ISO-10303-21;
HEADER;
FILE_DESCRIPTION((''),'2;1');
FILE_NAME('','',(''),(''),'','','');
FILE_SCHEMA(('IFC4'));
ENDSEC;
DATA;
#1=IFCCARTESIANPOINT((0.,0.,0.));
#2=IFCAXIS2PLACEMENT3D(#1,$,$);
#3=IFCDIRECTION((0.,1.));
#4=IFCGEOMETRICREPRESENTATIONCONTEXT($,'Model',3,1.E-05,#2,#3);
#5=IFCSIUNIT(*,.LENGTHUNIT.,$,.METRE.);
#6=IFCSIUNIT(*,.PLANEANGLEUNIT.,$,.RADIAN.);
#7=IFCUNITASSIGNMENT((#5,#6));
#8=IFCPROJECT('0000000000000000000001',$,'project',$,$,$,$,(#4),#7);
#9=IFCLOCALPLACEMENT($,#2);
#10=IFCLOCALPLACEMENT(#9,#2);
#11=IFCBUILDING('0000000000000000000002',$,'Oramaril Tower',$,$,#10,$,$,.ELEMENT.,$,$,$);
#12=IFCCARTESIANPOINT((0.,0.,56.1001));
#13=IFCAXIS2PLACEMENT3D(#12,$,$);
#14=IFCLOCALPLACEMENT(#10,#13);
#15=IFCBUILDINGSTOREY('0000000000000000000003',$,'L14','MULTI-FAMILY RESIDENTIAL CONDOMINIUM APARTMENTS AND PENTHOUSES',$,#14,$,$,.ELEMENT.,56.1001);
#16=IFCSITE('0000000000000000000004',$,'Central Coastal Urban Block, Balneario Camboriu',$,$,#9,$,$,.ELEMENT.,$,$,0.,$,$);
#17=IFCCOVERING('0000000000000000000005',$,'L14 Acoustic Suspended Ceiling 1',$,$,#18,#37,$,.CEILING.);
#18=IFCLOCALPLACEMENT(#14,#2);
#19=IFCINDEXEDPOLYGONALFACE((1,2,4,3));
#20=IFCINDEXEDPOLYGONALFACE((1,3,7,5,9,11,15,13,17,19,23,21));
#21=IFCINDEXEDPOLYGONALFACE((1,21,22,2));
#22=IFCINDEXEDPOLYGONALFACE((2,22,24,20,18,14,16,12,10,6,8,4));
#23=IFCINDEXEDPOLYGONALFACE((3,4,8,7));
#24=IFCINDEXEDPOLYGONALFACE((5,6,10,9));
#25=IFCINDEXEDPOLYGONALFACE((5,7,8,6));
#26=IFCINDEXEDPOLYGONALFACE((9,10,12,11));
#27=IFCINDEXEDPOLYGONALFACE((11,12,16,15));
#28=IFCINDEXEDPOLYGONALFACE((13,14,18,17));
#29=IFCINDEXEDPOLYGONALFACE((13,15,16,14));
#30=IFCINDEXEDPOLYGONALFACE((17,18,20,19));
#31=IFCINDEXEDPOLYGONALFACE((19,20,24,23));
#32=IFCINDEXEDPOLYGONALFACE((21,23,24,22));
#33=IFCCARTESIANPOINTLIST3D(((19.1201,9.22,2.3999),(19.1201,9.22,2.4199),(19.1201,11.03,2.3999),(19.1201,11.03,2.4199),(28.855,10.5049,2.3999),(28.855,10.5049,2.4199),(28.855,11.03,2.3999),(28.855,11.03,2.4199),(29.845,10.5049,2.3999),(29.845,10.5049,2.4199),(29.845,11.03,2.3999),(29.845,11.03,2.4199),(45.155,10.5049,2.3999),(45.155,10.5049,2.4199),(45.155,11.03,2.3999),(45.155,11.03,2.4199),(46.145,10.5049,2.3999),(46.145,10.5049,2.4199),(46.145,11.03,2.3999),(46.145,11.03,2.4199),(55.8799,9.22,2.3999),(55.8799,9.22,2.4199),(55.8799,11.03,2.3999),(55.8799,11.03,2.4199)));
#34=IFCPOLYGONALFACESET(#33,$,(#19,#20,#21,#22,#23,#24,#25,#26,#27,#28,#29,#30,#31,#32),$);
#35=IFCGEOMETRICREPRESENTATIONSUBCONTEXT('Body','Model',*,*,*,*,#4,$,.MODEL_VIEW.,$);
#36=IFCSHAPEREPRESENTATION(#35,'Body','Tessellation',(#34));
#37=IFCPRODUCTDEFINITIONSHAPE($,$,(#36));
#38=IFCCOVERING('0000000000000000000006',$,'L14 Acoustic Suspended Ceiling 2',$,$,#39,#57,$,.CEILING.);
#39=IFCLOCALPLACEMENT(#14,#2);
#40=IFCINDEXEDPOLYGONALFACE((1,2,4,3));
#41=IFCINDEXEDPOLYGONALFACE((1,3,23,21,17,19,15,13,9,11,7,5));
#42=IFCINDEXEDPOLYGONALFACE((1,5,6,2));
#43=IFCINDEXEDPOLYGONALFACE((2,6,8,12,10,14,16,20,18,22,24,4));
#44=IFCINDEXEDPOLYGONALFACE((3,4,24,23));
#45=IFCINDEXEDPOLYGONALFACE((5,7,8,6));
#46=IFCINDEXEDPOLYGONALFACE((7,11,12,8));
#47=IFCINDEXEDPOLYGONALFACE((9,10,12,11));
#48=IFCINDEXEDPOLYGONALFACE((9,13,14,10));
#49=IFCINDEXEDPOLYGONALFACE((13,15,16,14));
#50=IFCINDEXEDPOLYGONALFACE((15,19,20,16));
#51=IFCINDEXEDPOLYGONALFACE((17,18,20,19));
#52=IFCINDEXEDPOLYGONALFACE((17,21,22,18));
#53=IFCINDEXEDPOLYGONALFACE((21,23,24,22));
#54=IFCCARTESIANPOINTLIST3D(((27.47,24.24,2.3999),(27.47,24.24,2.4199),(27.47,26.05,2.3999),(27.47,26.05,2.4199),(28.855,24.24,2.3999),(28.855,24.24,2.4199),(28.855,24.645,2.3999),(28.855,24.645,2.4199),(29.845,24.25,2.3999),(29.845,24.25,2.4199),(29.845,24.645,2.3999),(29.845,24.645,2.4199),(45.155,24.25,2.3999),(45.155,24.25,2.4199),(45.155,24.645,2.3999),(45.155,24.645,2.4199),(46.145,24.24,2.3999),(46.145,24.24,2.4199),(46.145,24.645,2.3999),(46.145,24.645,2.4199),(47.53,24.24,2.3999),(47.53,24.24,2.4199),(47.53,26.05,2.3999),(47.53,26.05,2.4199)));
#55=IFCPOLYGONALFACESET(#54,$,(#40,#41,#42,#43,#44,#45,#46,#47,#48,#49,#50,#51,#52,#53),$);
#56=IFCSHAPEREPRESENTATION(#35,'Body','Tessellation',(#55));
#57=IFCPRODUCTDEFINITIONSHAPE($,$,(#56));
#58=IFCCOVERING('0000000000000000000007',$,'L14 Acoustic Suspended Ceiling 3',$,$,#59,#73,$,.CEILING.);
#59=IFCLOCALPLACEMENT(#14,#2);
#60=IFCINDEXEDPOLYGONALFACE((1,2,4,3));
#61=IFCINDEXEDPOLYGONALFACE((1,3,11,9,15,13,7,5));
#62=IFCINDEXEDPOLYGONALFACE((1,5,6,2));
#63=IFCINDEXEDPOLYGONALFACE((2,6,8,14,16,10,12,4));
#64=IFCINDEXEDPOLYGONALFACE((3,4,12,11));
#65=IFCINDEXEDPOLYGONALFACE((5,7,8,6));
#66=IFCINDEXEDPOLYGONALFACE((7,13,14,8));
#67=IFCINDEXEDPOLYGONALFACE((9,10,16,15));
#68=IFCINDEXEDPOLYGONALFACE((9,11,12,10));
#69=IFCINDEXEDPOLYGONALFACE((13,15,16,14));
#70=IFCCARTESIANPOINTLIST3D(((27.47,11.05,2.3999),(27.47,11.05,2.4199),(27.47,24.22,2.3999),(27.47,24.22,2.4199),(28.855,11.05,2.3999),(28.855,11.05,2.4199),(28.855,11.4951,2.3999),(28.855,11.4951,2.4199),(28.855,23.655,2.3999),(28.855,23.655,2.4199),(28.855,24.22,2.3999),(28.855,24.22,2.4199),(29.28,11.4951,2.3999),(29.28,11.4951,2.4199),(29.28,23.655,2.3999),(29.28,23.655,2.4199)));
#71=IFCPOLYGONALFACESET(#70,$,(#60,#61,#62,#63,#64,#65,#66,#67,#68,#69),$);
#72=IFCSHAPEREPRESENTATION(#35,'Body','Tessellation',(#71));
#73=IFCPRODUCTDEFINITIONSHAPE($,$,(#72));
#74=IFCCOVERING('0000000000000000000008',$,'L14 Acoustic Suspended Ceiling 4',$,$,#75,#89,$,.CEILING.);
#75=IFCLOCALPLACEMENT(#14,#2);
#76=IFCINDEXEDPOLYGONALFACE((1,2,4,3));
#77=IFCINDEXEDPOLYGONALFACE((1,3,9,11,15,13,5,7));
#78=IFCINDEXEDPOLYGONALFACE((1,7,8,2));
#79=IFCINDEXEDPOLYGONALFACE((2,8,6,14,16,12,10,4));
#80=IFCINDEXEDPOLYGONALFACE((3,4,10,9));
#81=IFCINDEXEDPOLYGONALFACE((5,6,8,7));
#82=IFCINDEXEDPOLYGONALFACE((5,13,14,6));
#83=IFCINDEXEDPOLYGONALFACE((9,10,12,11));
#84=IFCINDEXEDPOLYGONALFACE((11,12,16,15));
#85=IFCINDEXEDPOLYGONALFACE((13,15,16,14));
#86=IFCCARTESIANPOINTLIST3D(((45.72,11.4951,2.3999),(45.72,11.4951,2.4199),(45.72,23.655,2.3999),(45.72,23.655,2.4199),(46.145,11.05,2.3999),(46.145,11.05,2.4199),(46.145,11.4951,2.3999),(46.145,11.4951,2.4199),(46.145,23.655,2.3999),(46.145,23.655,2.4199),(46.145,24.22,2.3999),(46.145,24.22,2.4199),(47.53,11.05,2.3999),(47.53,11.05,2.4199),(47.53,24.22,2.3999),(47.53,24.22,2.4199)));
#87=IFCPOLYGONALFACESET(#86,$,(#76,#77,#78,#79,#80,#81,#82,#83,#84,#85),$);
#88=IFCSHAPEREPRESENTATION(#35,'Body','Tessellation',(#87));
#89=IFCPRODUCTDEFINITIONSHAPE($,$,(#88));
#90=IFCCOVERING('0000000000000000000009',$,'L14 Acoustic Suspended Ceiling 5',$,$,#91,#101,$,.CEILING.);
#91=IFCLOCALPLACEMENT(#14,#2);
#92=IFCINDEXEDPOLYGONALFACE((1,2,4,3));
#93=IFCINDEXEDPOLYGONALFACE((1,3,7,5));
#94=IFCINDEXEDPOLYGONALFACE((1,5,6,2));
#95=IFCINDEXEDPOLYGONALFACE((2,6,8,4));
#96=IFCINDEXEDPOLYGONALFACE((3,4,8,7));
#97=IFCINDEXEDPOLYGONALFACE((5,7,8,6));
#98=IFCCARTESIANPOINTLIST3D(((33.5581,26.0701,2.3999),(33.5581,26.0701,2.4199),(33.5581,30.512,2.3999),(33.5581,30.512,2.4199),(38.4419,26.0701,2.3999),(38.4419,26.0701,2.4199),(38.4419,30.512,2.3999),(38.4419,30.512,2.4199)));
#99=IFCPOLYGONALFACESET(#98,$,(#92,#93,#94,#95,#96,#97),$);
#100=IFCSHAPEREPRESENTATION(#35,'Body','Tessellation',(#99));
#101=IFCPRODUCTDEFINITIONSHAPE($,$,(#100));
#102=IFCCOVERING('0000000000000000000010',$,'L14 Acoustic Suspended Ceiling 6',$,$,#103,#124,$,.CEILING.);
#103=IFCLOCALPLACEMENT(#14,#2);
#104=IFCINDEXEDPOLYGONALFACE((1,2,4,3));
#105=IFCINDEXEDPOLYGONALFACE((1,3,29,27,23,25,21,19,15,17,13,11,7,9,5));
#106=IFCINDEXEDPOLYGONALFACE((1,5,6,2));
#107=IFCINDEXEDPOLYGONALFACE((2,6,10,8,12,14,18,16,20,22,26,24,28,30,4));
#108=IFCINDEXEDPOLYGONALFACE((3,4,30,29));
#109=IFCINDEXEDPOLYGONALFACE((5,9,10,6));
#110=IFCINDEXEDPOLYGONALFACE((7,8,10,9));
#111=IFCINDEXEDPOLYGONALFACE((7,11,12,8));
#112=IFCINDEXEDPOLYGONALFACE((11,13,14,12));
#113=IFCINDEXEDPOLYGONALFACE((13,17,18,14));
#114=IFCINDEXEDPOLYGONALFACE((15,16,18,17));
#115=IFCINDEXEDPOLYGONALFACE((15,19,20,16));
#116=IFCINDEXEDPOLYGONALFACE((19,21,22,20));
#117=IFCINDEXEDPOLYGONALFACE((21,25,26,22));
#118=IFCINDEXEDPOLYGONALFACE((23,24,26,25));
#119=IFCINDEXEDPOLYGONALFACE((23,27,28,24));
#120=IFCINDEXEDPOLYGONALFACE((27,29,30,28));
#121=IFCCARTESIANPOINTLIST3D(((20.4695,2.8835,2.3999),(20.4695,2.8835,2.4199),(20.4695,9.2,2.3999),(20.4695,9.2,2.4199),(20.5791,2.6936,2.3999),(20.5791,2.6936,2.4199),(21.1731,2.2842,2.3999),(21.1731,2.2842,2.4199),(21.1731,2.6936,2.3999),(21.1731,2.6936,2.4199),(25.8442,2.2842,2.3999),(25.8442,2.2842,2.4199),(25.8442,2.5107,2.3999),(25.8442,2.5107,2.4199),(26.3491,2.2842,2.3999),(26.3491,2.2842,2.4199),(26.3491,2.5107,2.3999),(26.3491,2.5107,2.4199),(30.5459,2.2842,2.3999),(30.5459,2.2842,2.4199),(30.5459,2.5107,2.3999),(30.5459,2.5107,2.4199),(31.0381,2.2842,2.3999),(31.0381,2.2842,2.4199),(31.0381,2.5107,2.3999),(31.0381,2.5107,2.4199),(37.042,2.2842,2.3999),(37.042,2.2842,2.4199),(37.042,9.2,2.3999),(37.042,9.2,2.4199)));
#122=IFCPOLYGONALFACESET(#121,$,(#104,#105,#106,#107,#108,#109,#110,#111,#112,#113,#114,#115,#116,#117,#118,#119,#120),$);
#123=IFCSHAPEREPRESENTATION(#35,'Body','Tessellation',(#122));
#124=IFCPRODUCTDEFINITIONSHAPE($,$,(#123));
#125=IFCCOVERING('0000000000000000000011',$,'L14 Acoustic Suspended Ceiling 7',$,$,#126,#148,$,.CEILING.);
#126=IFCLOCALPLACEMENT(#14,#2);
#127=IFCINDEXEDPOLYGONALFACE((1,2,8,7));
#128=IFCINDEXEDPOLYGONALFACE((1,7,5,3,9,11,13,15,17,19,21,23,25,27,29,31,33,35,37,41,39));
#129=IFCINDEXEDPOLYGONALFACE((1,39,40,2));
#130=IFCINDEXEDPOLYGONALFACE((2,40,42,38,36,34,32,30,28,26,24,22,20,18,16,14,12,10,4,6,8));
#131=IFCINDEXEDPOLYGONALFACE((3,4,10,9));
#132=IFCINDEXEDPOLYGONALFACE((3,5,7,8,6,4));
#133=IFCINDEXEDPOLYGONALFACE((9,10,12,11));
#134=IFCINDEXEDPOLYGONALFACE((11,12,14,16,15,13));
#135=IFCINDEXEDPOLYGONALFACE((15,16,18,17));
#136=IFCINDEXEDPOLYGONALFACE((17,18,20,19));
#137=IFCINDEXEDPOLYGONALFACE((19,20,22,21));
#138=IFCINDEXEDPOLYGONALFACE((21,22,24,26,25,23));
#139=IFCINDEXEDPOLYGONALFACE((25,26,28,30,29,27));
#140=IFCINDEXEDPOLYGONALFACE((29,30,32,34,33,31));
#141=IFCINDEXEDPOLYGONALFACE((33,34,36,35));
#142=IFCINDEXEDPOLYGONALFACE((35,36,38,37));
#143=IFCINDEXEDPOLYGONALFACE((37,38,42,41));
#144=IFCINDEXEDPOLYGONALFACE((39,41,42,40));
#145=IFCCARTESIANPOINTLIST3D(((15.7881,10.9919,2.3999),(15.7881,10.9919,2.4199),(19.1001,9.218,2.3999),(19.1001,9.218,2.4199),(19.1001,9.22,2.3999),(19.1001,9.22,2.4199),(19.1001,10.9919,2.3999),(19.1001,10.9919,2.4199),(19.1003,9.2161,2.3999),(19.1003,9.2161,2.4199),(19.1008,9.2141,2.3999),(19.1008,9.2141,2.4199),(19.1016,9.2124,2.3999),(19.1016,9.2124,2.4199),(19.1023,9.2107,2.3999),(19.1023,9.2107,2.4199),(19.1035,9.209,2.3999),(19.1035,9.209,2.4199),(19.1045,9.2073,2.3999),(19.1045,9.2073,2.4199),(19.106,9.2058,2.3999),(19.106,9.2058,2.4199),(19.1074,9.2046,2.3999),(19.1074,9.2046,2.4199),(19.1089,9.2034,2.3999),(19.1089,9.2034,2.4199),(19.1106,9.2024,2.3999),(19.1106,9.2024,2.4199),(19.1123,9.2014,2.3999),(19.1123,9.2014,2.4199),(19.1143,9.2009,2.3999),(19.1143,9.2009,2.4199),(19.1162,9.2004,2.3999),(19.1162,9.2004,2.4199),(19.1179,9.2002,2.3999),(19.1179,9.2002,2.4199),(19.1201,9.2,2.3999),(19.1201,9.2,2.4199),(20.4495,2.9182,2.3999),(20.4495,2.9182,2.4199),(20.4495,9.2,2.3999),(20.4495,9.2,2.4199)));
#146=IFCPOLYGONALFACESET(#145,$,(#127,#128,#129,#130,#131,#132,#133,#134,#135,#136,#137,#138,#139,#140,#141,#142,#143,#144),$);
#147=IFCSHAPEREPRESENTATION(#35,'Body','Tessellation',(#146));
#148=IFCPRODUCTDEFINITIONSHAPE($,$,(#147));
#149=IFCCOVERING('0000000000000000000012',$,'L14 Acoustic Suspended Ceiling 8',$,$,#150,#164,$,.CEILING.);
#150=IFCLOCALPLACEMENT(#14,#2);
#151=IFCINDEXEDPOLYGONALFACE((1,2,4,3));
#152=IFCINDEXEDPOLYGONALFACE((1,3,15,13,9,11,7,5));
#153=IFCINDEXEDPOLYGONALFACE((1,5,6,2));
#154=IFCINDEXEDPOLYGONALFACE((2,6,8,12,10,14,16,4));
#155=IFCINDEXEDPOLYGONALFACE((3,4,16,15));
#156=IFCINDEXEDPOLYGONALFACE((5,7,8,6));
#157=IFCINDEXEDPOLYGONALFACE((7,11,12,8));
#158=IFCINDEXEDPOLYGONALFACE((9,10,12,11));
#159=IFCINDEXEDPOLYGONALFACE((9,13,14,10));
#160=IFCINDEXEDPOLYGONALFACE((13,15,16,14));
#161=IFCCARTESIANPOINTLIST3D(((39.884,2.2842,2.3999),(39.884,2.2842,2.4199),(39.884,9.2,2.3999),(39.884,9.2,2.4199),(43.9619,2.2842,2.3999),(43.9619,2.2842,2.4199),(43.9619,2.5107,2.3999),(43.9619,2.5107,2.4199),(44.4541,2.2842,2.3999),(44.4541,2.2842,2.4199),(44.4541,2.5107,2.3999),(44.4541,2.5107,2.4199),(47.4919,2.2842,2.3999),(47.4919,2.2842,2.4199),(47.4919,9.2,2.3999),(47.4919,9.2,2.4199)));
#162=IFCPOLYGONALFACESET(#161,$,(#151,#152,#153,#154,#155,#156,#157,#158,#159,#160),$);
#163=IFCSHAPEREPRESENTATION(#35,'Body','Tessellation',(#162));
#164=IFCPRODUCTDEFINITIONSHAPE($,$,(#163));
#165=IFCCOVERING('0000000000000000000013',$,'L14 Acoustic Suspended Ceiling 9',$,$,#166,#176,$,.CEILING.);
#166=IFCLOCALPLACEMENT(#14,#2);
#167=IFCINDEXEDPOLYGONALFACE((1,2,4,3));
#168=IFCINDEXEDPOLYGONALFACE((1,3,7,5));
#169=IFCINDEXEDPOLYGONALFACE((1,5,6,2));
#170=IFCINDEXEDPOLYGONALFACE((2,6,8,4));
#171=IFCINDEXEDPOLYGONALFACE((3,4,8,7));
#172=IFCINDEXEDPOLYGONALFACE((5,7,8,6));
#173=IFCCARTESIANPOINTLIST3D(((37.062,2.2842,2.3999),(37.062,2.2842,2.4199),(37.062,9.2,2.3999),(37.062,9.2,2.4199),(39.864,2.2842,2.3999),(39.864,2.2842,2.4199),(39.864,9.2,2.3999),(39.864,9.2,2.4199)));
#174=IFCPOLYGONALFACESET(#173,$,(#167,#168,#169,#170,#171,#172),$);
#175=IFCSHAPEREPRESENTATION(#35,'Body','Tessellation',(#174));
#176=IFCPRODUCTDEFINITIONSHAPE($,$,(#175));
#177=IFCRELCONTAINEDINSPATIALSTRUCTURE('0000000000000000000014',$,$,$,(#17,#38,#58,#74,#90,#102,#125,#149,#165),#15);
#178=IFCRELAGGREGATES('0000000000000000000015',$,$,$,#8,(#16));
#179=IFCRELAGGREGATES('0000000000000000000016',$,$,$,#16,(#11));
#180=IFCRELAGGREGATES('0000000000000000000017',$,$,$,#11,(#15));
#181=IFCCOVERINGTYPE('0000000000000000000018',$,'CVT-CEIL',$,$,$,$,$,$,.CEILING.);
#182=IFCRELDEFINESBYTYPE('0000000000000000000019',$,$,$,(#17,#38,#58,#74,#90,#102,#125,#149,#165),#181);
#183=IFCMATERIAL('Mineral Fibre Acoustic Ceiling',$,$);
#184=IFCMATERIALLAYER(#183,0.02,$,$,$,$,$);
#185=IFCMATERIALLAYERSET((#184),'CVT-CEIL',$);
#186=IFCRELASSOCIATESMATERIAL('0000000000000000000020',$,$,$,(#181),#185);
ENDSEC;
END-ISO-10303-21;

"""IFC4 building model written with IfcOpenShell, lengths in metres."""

from ifc_helpers import new_model, si_unit, direction, frame, origin, place, context, subcontext, project, spatial, polyline, outline, extrude, material, layer, layer_set, type_object, element, save


model = new_model("IFC4")

# Units and contexts
model_context = context("Model", 3, precision=1e-05, world=origin(), true_north=direction((0.0, 1.0)))
body_context = subcontext(model_context, "Body", "Model", "MODEL_VIEW")
ifc_project = project(units=[si_unit("LENGTHUNIT", "METRE"), si_unit("PLANEANGLEUNIT", "RADIAN")], contexts=[model_context])

# Site, building, storey
site_placement = place(None, origin())
site = spatial("IfcSite", under=ifc_project, at=site_placement, Name="Central Coastal Urban Block, Balneario Camboriu", CompositionType="ELEMENT", RefElevation=0.0)
building_placement = place(site_placement, origin())
building = spatial("IfcBuilding", under=site, at=building_placement, Name="Oramaril Tower", CompositionType="ELEMENT")
storey_placement = place(building_placement, frame((0.0, 0.0, 56.1001)))
storey = spatial("IfcBuildingStorey", under=building, at=storey_placement, Name="L14", Description="MULTI-FAMILY RESIDENTIAL CONDOMINIUM APARTMENTS AND PENTHOUSES", CompositionType="ELEMENT", Elevation=56.1001)

# Coverings
ifc_material_1 = material(Name="Mineral Fibre Acoustic Ceiling")
ifc_layer_1 = layer(ifc_material_1, 0.02)
ifc_layer_set_1 = layer_set([ifc_layer_1], Name="CVT-CEIL")
covering_type_1 = type_object("IfcCoveringType", Name="CVT-CEIL", PredefinedType="CEILING", material=ifc_layer_set_1)
covering_1_placement = place(storey_placement, frame((0.0, 0.0, 2.3999)))
element("IfcCovering", 1, at=covering_1_placement, inside=storey, type_object=covering_type_1, Name="L14 Acoustic Suspended Ceiling 1", PredefinedType="CEILING", context=body_context, shape_type="SweptSolid", body=[
    extrude(outline(polyline([(28.855, 10.5049), (29.845, 10.5049), (29.845, 11.03), (45.155, 11.03), (45.155, 10.5049), (46.145, 10.5049), (46.145, 11.03), (55.8799, 11.03), (55.8799, 9.22), (19.1201, 9.22), (19.1201, 11.03), (28.855, 11.03), (28.855, 10.5049)])), origin(), (0.0, 0.0, 1.0), 0.02),
])
covering_2_placement = place(storey_placement, frame((0.0, 0.0, 2.3999)))
element("IfcCovering", 2, at=covering_2_placement, inside=storey, type_object=covering_type_1, Name="L14 Acoustic Suspended Ceiling 2", PredefinedType="CEILING", context=body_context, shape_type="SweptSolid", body=[
    extrude(outline(polyline([(47.53, 24.24), (46.145, 24.24), (46.145, 24.645), (45.155, 24.645), (45.155, 24.25), (29.845, 24.25), (29.845, 24.645), (28.855, 24.645), (28.855, 24.24), (27.47, 24.24), (27.47, 26.05), (47.53, 26.05), (47.53, 24.24)])), origin(), (0.0, 0.0, 1.0), 0.02),
])
covering_3_placement = place(storey_placement, frame((0.0, 0.0, 2.3999)))
element("IfcCovering", 3, at=covering_3_placement, inside=storey, type_object=covering_type_1, Name="L14 Acoustic Suspended Ceiling 3", PredefinedType="CEILING", context=body_context, shape_type="SweptSolid", body=[
    extrude(outline(polyline([(28.855, 23.655), (29.28, 23.655), (29.28, 11.4951), (28.855, 11.4951), (28.855, 11.05), (27.47, 11.05), (27.47, 24.22), (28.855, 24.22), (28.855, 23.655)])), origin(), (0.0, 0.0, 1.0), 0.02),
])
covering_4_placement = place(storey_placement, frame((0.0, 0.0, 2.3999)))
element("IfcCovering", 4, at=covering_4_placement, inside=storey, type_object=covering_type_1, Name="L14 Acoustic Suspended Ceiling 4", PredefinedType="CEILING", context=body_context, shape_type="SweptSolid", body=[
    extrude(outline(polyline([(47.53, 11.05), (46.145, 11.05), (46.145, 11.4951), (45.72, 11.4951), (45.72, 23.655), (46.145, 23.655), (46.145, 24.22), (47.53, 24.22), (47.53, 11.05)])), origin(), (0.0, 0.0, 1.0), 0.02),
])
covering_5_placement = place(storey_placement, frame((0.0, 0.0, 2.3999)))
element("IfcCovering", 5, at=covering_5_placement, inside=storey, type_object=covering_type_1, Name="L14 Acoustic Suspended Ceiling 5", PredefinedType="CEILING", context=body_context, shape_type="SweptSolid", body=[
    extrude(outline(polyline([(38.4419, 30.512), (38.4419, 26.0701), (33.5581, 26.0701), (33.5581, 30.512), (38.4419, 30.512)])), origin(), (0.0, 0.0, 1.0), 0.02),
])
covering_6_placement = place(storey_placement, frame((0.0, 0.0, 2.3999)))
element("IfcCovering", 6, at=covering_6_placement, inside=storey, type_object=covering_type_1, Name="L14 Acoustic Suspended Ceiling 6", PredefinedType="CEILING", context=body_context, shape_type="SweptSolid", body=[
    extrude(outline(polyline([(31.0381, 2.5107), (30.5459, 2.5107), (30.5459, 2.2842), (26.3491, 2.2842), (26.3491, 2.5107), (25.8442, 2.5107), (25.8442, 2.2842), (21.1731, 2.2842), (21.1731, 2.6936), (20.5791, 2.6936), (20.4695, 2.8835), (20.4695, 9.2), (37.042, 9.2), (37.042, 2.2842), (31.0381, 2.2842), (31.0381, 2.5107)])), origin(), (0.0, 0.0, 1.0), 0.02),
])
covering_7_placement = place(storey_placement, frame((0.0, 0.0, 2.3999)))
element("IfcCovering", 7, at=covering_7_placement, inside=storey, type_object=covering_type_1, Name="L14 Acoustic Suspended Ceiling 7", PredefinedType="CEILING", context=body_context, shape_type="SweptSolid", body=[
    extrude(outline(polyline([(15.7881, 10.9919), (19.1001, 10.9919), (19.1001, 9.22), (19.1001, 9.218), (19.1003, 9.2161), (19.1008, 9.2141), (19.1016, 9.2124), (19.1023, 9.2107), (19.1035, 9.209), (19.1045, 9.2073), (19.106, 9.2058), (19.1074, 9.2046), (19.1089, 9.2034), (19.1106, 9.2024), (19.1123, 9.2014), (19.1143, 9.2009), (19.1162, 9.2004), (19.1179, 9.2002), (19.1201, 9.2), (20.4495, 9.2), (20.4495, 2.9182), (15.7881, 10.9919)])), origin(), (0.0, 0.0, 1.0), 0.02),
])
covering_8_placement = place(storey_placement, frame((0.0, 0.0, 2.3999)))
element("IfcCovering", 8, at=covering_8_placement, inside=storey, type_object=covering_type_1, Name="L14 Acoustic Suspended Ceiling 8", PredefinedType="CEILING", context=body_context, shape_type="SweptSolid", body=[
    extrude(outline(polyline([(44.4541, 2.5107), (43.9619, 2.5107), (43.9619, 2.2842), (39.884, 2.2842), (39.884, 9.2), (47.4919, 9.2), (47.4919, 2.2842), (44.4541, 2.2842), (44.4541, 2.5107)])), origin(), (0.0, 0.0, 1.0), 0.02),
])
covering_9_placement = place(storey_placement, frame((0.0, 0.0, 2.3999)))
element("IfcCovering", 9, at=covering_9_placement, inside=storey, type_object=covering_type_1, Name="L14 Acoustic Suspended Ceiling 9", PredefinedType="CEILING", context=body_context, shape_type="SweptSolid", body=[
    extrude(outline(polyline([(37.062, 2.2842), (37.062, 9.2), (39.864, 9.2), (39.864, 2.2842), (37.062, 2.2842)])), origin(), (0.0, 0.0, 1.0), 0.02),
])

save(model, "model.ifc")
